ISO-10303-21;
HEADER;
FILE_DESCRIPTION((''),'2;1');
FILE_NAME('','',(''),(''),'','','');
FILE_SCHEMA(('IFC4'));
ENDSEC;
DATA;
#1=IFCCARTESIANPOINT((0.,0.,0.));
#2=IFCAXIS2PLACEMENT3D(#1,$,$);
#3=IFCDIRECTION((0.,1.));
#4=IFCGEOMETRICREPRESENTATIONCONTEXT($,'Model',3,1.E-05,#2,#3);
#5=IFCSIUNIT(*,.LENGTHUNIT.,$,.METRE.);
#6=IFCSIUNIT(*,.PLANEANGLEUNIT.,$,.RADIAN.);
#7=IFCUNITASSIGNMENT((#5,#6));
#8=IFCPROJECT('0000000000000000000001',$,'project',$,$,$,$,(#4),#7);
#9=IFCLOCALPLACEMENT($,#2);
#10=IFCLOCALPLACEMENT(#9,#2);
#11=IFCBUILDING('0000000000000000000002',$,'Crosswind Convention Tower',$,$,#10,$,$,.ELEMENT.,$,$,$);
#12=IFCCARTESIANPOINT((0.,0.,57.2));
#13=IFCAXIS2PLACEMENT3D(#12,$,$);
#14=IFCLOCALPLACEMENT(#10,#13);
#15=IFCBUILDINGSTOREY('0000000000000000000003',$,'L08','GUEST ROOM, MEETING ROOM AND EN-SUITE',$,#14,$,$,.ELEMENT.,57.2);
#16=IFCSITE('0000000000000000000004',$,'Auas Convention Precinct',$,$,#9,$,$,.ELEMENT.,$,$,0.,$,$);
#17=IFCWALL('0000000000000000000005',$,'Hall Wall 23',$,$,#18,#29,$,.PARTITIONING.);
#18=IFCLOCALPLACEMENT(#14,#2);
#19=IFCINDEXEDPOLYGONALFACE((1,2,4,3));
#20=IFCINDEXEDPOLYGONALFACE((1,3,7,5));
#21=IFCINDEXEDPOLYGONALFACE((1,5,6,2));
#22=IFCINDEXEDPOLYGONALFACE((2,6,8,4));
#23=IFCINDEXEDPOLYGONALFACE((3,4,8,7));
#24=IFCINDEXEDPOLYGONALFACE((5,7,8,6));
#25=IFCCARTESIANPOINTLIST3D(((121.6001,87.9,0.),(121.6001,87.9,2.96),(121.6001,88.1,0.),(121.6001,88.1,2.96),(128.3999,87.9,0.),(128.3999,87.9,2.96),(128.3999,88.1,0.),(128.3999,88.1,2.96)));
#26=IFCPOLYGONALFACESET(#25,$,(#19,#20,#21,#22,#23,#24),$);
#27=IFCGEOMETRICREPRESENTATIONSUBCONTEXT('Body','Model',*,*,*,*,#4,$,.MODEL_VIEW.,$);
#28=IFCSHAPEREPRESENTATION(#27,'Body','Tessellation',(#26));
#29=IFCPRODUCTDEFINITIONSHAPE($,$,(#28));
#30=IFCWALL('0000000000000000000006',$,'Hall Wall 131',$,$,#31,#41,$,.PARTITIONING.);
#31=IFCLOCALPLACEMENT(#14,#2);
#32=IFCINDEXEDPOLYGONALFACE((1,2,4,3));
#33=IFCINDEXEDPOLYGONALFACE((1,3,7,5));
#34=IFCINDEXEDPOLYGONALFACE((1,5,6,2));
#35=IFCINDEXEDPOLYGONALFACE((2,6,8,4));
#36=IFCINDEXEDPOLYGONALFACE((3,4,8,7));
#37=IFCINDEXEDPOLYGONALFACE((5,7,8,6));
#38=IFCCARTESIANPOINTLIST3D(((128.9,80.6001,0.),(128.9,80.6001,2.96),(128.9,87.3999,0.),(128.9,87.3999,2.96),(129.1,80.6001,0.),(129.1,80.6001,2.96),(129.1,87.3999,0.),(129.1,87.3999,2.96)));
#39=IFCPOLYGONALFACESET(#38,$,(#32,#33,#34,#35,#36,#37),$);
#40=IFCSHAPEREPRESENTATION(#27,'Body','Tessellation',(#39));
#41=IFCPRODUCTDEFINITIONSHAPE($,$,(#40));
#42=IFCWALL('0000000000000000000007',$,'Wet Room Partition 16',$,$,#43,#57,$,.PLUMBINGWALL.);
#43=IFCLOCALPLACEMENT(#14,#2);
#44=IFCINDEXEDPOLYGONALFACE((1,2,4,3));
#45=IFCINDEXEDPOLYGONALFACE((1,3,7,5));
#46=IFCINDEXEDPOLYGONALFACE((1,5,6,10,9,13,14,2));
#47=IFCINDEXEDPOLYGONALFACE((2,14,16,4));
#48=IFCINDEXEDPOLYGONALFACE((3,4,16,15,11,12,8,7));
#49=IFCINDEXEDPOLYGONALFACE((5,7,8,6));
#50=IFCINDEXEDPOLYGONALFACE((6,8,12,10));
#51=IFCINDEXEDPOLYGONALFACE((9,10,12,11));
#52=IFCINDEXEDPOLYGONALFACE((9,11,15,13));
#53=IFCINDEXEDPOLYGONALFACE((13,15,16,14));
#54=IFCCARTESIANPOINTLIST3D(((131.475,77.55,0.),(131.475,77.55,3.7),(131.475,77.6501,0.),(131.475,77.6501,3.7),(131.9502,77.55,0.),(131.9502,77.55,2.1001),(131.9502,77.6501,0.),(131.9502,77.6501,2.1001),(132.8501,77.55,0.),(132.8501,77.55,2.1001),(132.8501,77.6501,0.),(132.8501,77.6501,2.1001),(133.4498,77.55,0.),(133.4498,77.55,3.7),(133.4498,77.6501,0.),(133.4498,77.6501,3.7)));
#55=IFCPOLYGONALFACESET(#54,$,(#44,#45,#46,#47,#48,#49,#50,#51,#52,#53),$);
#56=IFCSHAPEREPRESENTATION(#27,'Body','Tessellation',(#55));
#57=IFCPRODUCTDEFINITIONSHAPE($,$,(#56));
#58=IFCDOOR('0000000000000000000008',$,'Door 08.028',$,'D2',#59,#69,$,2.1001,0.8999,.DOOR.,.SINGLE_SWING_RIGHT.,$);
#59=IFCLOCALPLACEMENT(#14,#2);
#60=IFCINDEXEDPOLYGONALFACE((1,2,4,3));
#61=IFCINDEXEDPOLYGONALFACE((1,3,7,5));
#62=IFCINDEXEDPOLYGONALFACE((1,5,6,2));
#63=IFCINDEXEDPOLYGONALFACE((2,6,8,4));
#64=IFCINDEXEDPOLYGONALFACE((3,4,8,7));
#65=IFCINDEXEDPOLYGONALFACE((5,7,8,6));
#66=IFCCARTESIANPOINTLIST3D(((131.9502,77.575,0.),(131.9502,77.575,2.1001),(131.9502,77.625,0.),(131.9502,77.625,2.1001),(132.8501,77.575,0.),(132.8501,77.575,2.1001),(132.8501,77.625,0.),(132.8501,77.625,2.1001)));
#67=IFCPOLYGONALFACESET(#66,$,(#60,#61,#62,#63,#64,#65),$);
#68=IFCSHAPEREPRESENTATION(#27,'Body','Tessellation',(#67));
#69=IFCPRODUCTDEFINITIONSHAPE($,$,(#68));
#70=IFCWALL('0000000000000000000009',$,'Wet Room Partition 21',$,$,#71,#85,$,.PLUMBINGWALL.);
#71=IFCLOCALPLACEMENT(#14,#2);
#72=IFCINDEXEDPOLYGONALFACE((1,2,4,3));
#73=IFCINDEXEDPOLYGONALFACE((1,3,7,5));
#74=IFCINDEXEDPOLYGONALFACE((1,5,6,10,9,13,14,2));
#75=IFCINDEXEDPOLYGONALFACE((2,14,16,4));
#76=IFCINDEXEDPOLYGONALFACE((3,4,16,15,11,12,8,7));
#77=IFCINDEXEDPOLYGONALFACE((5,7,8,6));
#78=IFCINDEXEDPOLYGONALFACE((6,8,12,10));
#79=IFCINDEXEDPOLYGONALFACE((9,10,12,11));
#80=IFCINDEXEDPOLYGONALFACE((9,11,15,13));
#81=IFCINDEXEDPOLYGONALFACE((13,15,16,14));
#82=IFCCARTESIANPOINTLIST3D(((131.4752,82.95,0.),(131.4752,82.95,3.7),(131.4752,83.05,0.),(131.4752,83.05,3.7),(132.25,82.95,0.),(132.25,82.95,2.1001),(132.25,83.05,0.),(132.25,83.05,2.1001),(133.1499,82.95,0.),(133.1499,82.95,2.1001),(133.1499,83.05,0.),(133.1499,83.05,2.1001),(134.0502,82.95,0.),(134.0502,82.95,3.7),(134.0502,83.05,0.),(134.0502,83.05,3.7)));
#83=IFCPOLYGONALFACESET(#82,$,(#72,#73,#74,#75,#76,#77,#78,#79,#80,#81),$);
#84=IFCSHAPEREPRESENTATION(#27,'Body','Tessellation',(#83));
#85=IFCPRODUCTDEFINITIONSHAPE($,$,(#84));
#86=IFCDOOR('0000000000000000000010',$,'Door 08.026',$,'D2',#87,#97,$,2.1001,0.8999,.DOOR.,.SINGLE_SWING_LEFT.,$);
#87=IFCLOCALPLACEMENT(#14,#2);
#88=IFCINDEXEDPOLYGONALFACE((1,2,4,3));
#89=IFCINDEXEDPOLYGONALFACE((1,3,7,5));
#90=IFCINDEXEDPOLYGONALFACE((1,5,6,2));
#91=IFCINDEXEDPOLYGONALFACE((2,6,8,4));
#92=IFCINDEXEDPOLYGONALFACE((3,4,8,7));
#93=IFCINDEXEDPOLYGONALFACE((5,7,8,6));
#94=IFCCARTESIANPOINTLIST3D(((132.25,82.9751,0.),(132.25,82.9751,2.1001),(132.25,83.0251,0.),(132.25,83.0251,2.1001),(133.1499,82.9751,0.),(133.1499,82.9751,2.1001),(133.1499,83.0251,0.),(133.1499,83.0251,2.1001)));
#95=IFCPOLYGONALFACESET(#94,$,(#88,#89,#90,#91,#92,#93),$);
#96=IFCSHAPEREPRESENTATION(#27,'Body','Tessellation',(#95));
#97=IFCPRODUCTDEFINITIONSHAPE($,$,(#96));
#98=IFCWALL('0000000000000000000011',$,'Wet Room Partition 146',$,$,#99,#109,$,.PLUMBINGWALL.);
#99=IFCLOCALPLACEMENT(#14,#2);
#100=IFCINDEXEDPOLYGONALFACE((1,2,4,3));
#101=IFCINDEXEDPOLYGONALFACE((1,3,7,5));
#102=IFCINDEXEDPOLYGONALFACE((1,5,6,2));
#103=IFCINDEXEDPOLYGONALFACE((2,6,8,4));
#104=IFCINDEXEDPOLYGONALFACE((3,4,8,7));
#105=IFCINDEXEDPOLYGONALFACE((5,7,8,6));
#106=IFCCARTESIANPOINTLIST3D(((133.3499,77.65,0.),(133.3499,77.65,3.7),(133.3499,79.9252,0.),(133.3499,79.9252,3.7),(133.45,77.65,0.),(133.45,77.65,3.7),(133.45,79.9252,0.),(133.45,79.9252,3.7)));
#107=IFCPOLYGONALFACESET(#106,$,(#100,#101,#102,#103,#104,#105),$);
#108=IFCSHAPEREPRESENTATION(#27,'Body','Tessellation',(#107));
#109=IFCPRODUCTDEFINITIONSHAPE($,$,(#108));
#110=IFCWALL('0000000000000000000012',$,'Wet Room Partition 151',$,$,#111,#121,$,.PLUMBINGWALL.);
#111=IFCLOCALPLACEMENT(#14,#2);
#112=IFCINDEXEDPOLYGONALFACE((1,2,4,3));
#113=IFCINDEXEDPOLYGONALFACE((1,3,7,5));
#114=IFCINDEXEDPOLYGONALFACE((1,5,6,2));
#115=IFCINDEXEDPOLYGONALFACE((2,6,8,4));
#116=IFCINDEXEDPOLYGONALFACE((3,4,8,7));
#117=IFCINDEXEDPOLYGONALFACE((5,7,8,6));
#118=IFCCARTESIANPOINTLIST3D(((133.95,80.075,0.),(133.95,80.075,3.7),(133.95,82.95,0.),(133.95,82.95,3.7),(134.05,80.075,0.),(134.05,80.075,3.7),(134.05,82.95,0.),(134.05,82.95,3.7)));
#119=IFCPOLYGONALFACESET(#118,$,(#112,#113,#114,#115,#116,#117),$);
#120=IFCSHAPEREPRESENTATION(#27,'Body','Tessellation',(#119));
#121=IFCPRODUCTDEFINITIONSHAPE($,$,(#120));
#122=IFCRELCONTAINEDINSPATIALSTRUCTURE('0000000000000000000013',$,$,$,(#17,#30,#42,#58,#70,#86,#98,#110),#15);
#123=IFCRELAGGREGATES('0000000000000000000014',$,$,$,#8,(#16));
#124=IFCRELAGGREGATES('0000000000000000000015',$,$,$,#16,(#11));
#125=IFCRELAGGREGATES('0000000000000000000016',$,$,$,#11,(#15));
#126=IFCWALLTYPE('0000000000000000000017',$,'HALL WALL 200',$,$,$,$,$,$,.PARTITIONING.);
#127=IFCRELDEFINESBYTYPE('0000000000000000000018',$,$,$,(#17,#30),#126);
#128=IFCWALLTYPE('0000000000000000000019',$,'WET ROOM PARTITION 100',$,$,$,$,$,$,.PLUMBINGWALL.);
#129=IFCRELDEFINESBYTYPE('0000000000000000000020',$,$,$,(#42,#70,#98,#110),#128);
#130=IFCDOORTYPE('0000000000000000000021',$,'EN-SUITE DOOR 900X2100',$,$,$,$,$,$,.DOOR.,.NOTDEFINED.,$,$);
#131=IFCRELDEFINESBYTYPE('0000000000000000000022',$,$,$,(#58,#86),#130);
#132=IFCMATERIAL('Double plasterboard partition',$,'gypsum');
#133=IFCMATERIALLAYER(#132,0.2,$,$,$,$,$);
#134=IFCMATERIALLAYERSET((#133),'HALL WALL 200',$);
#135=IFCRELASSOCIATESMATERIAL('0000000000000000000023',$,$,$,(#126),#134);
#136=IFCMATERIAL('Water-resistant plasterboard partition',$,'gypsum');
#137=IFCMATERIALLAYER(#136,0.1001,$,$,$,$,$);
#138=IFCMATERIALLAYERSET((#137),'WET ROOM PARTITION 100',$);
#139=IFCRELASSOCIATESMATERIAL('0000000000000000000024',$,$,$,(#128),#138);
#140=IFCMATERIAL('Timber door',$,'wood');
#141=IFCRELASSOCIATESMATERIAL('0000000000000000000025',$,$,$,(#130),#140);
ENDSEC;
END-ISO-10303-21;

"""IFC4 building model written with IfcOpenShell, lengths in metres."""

from ifc_helpers import new_model, si_unit, direction, frame, frame_2d, origin, place, context, subcontext, project, spatial, rectangle, extrude, material, layer, layer_set, type_object, element, fill, save


model = new_model("IFC4")

# Units and contexts
model_context = context("Model", 3, precision=1e-05, world=origin(), true_north=direction((0.0, 1.0)))
body_context = subcontext(model_context, "Body", "Model", "MODEL_VIEW")
ifc_project = project(units=[si_unit("LENGTHUNIT", "METRE"), si_unit("PLANEANGLEUNIT", "RADIAN")], contexts=[model_context])

# Site, building, storey
site_placement = place(None, origin())
site = spatial("IfcSite", under=ifc_project, at=site_placement, Name="Auas Convention Precinct", CompositionType="ELEMENT", RefElevation=0.0)
building_placement = place(site_placement, origin())
building = spatial("IfcBuilding", under=site, at=building_placement, Name="Crosswind Convention Tower", CompositionType="ELEMENT")
storey_placement = place(building_placement, frame((0.0, 0.0, 57.2)))
storey = spatial("IfcBuildingStorey", under=building, at=storey_placement, Name="L08", Description="GUEST ROOM, MEETING ROOM AND EN-SUITE", CompositionType="ELEMENT", Elevation=57.2)

# Walls
ifc_material_1 = material(Name="Double plasterboard partition", Category="gypsum")
ifc_layer_1 = layer(ifc_material_1, 0.2)
ifc_layer_set_1 = layer_set([ifc_layer_1], Name="HALL WALL 200")
wall_type_1 = type_object("IfcWallType", Name="HALL WALL 200", PredefinedType="PARTITIONING", material=ifc_layer_set_1)
for number, where, z_axis, x_axis, name in (
    (1, (121.6001, 88.0, 0.0), (0.0, 0.0, 1.0), (1.0, 0.0, 0.0), "Hall Wall 23"),
    (2, (129.0, 80.6001, 0.0), (0.0, 0.0, 1.0), (0.0, 1.0, 0.0), "Hall Wall 131"),
):
    element("IfcWall", number, at=place(storey_placement, frame(where, z_axis=z_axis, x_axis=x_axis)), inside=storey, type_object=wall_type_1, Name=name, PredefinedType="PARTITIONING", context=body_context, shape_type="SweptSolid", body=[
        extrude(rectangle(XDim=6.7998, YDim=0.2, at=frame_2d((3.3999, 0.0))), origin(), (0.0, 0.0, 1.0), 2.96),
    ])

# Walls, openings, doors
ifc_material_2 = material(Name="Water-resistant plasterboard partition", Category="gypsum")
ifc_layer_2 = layer(ifc_material_2, 0.1001)
ifc_layer_set_2 = layer_set([ifc_layer_2], Name="WET ROOM PARTITION 100")
wall_type_2 = type_object("IfcWallType", Name="WET ROOM PARTITION 100", PredefinedType="PLUMBINGWALL", material=ifc_layer_set_2)
wall_1_placement = place(storey_placement, frame((131.4751, 77.6001, 0.0), z_axis=(0.0, 0.0, 1.0), x_axis=(1.0, 0.0, 0.0)))
wall_1 = element("IfcWall", 3, at=wall_1_placement, inside=storey, type_object=wall_type_2, Name="Wet Room Partition 16", PredefinedType="PLUMBINGWALL", context=body_context, shape_type="SweptSolid", body=[
    extrude(rectangle(XDim=1.9749, YDim=0.1001, at=frame_2d((0.9873, 0.0))), origin(), (0.0, 0.0, 1.0), 3.7),
])
opening_1_placement = place(wall_1_placement, frame((0.4751, 0.0, 0.0)))
opening_1 = element("IfcOpeningElement", 4, at=opening_1_placement, cuts=wall_1, PredefinedType="OPENING", context=body_context, shape_type="SweptSolid", body=[
    extrude(rectangle(XDim=0.8999, YDim=2.1001, at=frame_2d((0.45, 1.05))), frame((0.0, 0.0601, 0.0), z_axis=(0.0, -1.0, 0.0), x_axis=(1.0, 0.0, 0.0)), (0.0, 0.0, 1.0), 0.1201),
])
ifc_material_3 = material(Name="Timber door", Category="wood")
door_type = type_object("IfcDoorType", Name="EN-SUITE DOOR 900X2100", OperationType="NOTDEFINED", PredefinedType="DOOR", material=ifc_material_3)
door_1_placement = place(opening_1_placement, origin())
door_1 = element("IfcDoor", 5, at=door_1_placement, inside=storey, type_object=door_type, Name="Door 08.028", ObjectType="D2", OperationType="SINGLE_SWING_RIGHT", OverallHeight=2.1001, OverallWidth=0.8999, PredefinedType="DOOR", context=body_context, shape_type="SweptSolid", body=[
    extrude(rectangle(XDim=0.8999, YDim=2.1001, at=frame_2d((0.45, 1.05))), frame((0.0, 0.0249, 0.0), z_axis=(0.0, -1.0, 0.0), x_axis=(1.0, 0.0, 0.0)), (0.0, 0.0, 1.0), 0.05),
])
fill(opening_1, door_1)
wall_2_placement = place(storey_placement, frame((131.4751, 83.0, 0.0), z_axis=(0.0, 0.0, 1.0), x_axis=(1.0, 0.0, 0.0)))
wall_2 = element("IfcWall", 6, at=wall_2_placement, inside=storey, type_object=wall_type_2, Name="Wet Room Partition 21", PredefinedType="PLUMBINGWALL", context=body_context, shape_type="SweptSolid", body=[
    extrude(rectangle(XDim=2.575, YDim=0.1001, at=frame_2d((1.2876, 0.0))), origin(), (0.0, 0.0, 1.0), 3.7),
])
opening_2_placement = place(wall_2_placement, frame((0.7749, 0.0, 0.0)))
opening_2 = element("IfcOpeningElement", 7, at=opening_2_placement, cuts=wall_2, PredefinedType="OPENING", context=body_context, shape_type="SweptSolid", body=[
    extrude(rectangle(XDim=0.8999, YDim=2.1001, at=frame_2d((0.45, 1.05))), frame((0.0, 0.0601, 0.0), z_axis=(0.0, -1.0, 0.0), x_axis=(1.0, 0.0, 0.0)), (0.0, 0.0, 1.0), 0.1201),
])
door_2_placement = place(opening_2_placement, frame((0.8999, 0.0, 0.0), z_axis=(0.0, 0.0, 1.0), x_axis=(-1.0, 0.0, 0.0)))
door_2 = element("IfcDoor", 8, at=door_2_placement, inside=storey, type_object=door_type, Name="Door 08.026", ObjectType="D2", OperationType="SINGLE_SWING_LEFT", OverallHeight=2.1001, OverallWidth=0.8999, PredefinedType="DOOR", context=body_context, shape_type="SweptSolid", body=[
    extrude(rectangle(XDim=0.8999, YDim=2.1001, at=frame_2d((0.45, 1.05))), frame((0.0, 0.0249, 0.0), z_axis=(0.0, -1.0, 0.0), x_axis=(1.0, 0.0, 0.0)), (0.0, 0.0, 1.0), 0.05),
])
fill(opening_2, door_2)

# Walls
wall_3_placement = place(storey_placement, frame((133.3999, 77.6499, 0.0), z_axis=(0.0, 0.0, 1.0), x_axis=(0.0, 1.0, 0.0)))
element("IfcWall", 9, at=wall_3_placement, inside=storey, type_object=wall_type_2, Name="Wet Room Partition 146", PredefinedType="PLUMBINGWALL", context=body_context, shape_type="SweptSolid", body=[
    extrude(rectangle(XDim=2.2751, YDim=0.1001, at=frame_2d((1.1377, 0.0))), origin(), (0.0, 0.0, 1.0), 3.7),
])
wall_4_placement = place(storey_placement, frame((134.0, 80.075, 0.0), z_axis=(0.0, 0.0, 1.0), x_axis=(0.0, 1.0, 0.0)))
element("IfcWall", 10, at=wall_4_placement, inside=storey, type_object=wall_type_2, Name="Wet Room Partition 151", PredefinedType="PLUMBINGWALL", context=body_context, shape_type="SweptSolid", body=[
    extrude(rectangle(XDim=2.875, YDim=0.1001, at=frame_2d((1.4375, 0.0))), origin(), (0.0, 0.0, 1.0), 3.7),
])

save(model, "model.ifc")
